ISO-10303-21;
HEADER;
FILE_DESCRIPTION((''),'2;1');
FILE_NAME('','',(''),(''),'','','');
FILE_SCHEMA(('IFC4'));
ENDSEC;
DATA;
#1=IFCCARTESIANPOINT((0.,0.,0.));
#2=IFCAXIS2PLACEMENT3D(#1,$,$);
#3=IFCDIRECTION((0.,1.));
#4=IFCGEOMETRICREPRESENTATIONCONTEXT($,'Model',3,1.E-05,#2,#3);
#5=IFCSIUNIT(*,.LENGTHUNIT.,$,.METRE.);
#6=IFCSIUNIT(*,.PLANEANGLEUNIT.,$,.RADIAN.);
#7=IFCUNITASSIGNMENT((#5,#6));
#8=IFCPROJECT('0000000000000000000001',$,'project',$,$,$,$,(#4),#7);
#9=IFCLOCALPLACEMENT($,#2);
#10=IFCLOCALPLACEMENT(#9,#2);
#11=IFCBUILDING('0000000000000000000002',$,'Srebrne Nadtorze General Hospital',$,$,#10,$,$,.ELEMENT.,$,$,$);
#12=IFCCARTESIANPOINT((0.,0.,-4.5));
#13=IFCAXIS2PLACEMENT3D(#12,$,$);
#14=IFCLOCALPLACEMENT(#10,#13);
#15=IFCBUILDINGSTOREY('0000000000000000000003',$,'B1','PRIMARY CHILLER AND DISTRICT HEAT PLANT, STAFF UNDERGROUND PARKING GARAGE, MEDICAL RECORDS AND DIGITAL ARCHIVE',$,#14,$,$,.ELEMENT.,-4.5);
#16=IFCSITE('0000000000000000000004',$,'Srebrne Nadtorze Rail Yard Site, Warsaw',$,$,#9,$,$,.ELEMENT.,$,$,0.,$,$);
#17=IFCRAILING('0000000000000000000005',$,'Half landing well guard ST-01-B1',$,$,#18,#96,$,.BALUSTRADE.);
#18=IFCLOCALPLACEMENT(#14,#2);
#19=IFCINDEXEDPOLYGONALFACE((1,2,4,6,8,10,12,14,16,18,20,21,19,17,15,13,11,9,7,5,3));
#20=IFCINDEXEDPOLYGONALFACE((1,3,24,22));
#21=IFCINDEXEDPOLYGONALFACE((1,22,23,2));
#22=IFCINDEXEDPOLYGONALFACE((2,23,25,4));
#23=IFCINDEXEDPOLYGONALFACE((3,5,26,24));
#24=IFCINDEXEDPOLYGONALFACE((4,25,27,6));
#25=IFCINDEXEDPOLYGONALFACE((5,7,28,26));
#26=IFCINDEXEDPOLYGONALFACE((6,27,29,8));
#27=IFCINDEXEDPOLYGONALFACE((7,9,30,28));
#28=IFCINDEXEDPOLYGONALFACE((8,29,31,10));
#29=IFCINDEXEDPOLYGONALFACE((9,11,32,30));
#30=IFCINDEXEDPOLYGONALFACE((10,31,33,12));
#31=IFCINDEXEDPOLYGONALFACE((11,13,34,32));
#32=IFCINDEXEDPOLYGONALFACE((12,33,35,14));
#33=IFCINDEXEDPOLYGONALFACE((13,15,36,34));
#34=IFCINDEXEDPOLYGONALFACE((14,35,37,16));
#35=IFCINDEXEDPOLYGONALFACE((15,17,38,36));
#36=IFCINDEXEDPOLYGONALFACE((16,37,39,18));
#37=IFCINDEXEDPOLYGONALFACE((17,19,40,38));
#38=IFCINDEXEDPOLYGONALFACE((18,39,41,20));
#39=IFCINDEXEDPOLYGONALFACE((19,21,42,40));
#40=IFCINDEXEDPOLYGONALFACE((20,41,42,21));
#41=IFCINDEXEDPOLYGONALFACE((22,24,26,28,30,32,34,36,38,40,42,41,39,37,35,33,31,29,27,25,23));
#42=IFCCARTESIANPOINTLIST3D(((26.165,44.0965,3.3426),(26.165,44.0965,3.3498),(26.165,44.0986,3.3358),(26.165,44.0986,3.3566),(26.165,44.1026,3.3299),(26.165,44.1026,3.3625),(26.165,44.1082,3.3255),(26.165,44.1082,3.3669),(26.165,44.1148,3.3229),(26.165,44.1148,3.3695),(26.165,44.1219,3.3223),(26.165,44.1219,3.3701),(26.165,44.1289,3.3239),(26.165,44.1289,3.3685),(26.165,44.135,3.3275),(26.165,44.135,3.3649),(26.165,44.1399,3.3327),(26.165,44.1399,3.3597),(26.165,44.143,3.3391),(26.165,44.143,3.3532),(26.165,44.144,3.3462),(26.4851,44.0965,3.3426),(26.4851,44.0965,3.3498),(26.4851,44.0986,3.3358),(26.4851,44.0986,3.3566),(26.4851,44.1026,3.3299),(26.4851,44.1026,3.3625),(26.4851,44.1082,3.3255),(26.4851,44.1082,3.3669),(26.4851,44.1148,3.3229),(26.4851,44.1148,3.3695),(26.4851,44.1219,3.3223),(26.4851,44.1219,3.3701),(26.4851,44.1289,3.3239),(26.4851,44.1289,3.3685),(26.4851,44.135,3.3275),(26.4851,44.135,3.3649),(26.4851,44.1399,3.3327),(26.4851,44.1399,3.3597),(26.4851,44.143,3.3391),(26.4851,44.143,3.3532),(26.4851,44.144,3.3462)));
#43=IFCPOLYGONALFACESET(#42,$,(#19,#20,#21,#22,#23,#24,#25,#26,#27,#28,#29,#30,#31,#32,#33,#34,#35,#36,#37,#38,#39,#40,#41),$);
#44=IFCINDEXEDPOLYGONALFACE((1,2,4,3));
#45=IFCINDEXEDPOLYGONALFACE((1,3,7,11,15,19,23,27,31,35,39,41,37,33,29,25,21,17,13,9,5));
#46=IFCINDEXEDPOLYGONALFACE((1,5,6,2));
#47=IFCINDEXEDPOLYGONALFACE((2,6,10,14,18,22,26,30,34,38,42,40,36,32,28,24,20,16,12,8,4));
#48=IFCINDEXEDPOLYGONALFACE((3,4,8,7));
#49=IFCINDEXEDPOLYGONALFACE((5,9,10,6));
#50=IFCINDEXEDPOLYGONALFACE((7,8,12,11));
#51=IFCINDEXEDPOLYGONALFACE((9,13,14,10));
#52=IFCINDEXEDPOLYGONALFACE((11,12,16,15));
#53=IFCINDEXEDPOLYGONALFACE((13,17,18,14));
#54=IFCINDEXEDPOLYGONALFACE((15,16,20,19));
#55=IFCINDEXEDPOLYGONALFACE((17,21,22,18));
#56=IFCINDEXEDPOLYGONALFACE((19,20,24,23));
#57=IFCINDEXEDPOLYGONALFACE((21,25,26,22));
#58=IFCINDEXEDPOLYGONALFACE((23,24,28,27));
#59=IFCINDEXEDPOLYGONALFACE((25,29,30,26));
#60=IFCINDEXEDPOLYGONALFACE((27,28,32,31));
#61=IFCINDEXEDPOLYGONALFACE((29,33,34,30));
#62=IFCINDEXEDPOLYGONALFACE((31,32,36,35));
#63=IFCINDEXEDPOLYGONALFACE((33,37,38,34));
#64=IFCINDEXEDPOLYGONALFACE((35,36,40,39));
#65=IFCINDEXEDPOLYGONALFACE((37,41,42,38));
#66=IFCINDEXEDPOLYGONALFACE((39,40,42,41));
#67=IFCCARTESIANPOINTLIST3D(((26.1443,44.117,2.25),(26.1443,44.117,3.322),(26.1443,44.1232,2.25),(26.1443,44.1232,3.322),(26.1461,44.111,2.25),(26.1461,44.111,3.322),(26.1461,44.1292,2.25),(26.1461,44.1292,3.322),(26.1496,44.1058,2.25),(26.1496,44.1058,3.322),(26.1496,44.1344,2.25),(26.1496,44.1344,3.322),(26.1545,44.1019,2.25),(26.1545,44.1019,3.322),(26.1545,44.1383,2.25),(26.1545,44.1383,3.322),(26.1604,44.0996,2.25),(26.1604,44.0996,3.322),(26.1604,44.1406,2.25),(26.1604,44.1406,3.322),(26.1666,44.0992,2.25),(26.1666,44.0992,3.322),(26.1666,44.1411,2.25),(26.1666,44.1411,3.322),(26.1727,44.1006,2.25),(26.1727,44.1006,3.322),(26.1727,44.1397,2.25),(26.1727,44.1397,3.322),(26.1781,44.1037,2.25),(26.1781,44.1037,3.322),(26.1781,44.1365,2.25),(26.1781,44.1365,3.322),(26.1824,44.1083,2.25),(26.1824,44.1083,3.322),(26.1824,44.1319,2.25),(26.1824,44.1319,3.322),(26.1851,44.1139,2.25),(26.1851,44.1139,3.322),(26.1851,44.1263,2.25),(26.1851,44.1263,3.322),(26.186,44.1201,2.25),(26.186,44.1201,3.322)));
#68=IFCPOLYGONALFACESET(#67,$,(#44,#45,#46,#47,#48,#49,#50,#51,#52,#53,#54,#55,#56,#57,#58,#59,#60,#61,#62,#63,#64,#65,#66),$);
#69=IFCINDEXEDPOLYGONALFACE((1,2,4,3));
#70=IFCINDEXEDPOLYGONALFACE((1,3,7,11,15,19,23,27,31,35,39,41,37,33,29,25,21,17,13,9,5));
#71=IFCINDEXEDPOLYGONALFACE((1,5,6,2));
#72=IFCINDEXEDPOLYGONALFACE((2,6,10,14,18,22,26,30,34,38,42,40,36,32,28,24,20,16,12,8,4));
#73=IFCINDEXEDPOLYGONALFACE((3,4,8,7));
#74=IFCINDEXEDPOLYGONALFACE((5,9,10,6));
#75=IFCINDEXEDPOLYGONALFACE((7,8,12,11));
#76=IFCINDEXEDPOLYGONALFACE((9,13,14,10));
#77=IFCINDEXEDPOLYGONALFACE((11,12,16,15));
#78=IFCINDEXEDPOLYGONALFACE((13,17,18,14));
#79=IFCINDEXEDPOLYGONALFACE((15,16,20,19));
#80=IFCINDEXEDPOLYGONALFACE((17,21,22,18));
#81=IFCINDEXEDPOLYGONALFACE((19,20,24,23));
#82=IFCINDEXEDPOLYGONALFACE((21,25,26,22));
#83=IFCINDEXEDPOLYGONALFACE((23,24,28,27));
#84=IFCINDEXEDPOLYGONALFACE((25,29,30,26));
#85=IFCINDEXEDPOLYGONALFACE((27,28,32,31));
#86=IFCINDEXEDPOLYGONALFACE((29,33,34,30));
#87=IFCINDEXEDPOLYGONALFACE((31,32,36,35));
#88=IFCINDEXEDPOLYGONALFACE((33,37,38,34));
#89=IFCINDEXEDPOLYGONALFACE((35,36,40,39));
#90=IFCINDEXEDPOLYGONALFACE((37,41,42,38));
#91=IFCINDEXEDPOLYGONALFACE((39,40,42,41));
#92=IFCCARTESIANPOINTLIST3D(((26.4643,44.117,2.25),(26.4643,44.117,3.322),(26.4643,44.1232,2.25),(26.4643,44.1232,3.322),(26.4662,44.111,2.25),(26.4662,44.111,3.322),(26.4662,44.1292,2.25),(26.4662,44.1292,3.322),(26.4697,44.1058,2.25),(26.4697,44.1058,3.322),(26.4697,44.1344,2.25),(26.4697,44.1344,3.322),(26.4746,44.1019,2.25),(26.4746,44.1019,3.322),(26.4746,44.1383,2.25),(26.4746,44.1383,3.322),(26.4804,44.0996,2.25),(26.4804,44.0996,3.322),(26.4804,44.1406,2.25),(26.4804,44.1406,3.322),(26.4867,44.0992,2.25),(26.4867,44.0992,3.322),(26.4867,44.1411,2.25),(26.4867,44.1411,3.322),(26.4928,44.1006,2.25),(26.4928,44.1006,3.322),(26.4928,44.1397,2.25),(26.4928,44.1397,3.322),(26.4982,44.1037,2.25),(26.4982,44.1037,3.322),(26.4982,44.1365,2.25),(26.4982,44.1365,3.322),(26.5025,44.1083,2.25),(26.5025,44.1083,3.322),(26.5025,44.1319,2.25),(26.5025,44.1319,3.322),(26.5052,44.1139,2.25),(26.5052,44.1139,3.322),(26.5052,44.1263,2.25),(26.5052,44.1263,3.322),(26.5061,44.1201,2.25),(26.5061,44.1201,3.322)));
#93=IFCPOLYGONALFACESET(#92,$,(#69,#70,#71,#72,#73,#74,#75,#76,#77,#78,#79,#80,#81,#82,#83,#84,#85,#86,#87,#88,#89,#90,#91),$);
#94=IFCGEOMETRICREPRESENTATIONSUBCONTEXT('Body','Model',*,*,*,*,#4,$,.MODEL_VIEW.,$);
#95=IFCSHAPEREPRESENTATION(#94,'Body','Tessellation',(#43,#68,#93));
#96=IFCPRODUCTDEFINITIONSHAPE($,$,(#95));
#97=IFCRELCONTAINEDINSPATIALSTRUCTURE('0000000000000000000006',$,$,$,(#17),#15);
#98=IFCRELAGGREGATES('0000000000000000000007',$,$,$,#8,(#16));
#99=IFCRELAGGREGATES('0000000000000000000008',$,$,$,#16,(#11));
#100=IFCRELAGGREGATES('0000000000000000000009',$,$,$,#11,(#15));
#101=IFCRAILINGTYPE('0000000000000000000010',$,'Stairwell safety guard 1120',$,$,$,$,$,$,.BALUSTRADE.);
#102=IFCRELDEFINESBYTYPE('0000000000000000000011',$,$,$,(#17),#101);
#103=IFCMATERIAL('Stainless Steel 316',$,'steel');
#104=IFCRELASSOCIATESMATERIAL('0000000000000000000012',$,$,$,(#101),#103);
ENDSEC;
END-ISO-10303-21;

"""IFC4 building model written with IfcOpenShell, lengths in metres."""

from ifc_helpers import new_model, si_unit, direction, frame, origin, origin_2d, place, context, subcontext, project, spatial, circle, extrude, material, type_object, element, save


model = new_model("IFC4")

# Units and contexts
model_context = context("Model", 3, precision=1e-05, world=origin(), true_north=direction((0.0, 1.0)))
body_context = subcontext(model_context, "Body", "Model", "MODEL_VIEW")
ifc_project = project(units=[si_unit("LENGTHUNIT", "METRE"), si_unit("PLANEANGLEUNIT", "RADIAN")], contexts=[model_context])

# Site, building, storey
site_placement = place(None, origin())
site = spatial("IfcSite", under=ifc_project, at=site_placement, Name="Srebrne Nadtorze Rail Yard Site, Warsaw", CompositionType="ELEMENT", RefElevation=0.0)
building_placement = place(site_placement, origin())
building = spatial("IfcBuilding", under=site, at=building_placement, Name="Srebrne Nadtorze General Hospital", CompositionType="ELEMENT")
storey_placement = place(building_placement, frame((0.0, 0.0, -4.5)))
storey = spatial("IfcBuildingStorey", under=building, at=storey_placement, Name="B1", Description="PRIMARY CHILLER AND DISTRICT HEAT PLANT, STAFF UNDERGROUND PARKING GARAGE, MEDICAL RECORDS AND DIGITAL ARCHIVE", CompositionType="ELEMENT", Elevation=-4.5)

# Railing
ifc_material_1 = material(Name="Stainless Steel 316", Category="steel")
railing_type_1 = type_object("IfcRailingType", Name="Stairwell safety guard 1120", PredefinedType="BALUSTRADE", material=ifc_material_1)
railing_1_placement = place(storey_placement, frame((26.165, 44.1201, 2.25)))
element("IfcRailing", 1, at=railing_1_placement, inside=storey, type_object=railing_type_1, Name="Half landing well guard ST-01-B1", PredefinedType="BALUSTRADE", context=body_context, shape_type="SweptSolid", body=[
    extrude(circle(Radius=0.0239, at=origin_2d()), frame((0.0, 0.0, 1.0962), z_axis=(1.0, 0.0, 0.0), x_axis=(0.0, 1.0, 0.0)), (0.0, 0.0, 1.0), 0.3201),
    extrude(circle(Radius=0.021, at=origin_2d()), origin(), (0.0, 0.0, 1.0), 1.072),
    extrude(circle(Radius=0.021, at=origin_2d()), frame((0.3201, 0.0, 0.0)), (0.0, 0.0, 1.0), 1.072),
])

save(model, "model.ifc")
